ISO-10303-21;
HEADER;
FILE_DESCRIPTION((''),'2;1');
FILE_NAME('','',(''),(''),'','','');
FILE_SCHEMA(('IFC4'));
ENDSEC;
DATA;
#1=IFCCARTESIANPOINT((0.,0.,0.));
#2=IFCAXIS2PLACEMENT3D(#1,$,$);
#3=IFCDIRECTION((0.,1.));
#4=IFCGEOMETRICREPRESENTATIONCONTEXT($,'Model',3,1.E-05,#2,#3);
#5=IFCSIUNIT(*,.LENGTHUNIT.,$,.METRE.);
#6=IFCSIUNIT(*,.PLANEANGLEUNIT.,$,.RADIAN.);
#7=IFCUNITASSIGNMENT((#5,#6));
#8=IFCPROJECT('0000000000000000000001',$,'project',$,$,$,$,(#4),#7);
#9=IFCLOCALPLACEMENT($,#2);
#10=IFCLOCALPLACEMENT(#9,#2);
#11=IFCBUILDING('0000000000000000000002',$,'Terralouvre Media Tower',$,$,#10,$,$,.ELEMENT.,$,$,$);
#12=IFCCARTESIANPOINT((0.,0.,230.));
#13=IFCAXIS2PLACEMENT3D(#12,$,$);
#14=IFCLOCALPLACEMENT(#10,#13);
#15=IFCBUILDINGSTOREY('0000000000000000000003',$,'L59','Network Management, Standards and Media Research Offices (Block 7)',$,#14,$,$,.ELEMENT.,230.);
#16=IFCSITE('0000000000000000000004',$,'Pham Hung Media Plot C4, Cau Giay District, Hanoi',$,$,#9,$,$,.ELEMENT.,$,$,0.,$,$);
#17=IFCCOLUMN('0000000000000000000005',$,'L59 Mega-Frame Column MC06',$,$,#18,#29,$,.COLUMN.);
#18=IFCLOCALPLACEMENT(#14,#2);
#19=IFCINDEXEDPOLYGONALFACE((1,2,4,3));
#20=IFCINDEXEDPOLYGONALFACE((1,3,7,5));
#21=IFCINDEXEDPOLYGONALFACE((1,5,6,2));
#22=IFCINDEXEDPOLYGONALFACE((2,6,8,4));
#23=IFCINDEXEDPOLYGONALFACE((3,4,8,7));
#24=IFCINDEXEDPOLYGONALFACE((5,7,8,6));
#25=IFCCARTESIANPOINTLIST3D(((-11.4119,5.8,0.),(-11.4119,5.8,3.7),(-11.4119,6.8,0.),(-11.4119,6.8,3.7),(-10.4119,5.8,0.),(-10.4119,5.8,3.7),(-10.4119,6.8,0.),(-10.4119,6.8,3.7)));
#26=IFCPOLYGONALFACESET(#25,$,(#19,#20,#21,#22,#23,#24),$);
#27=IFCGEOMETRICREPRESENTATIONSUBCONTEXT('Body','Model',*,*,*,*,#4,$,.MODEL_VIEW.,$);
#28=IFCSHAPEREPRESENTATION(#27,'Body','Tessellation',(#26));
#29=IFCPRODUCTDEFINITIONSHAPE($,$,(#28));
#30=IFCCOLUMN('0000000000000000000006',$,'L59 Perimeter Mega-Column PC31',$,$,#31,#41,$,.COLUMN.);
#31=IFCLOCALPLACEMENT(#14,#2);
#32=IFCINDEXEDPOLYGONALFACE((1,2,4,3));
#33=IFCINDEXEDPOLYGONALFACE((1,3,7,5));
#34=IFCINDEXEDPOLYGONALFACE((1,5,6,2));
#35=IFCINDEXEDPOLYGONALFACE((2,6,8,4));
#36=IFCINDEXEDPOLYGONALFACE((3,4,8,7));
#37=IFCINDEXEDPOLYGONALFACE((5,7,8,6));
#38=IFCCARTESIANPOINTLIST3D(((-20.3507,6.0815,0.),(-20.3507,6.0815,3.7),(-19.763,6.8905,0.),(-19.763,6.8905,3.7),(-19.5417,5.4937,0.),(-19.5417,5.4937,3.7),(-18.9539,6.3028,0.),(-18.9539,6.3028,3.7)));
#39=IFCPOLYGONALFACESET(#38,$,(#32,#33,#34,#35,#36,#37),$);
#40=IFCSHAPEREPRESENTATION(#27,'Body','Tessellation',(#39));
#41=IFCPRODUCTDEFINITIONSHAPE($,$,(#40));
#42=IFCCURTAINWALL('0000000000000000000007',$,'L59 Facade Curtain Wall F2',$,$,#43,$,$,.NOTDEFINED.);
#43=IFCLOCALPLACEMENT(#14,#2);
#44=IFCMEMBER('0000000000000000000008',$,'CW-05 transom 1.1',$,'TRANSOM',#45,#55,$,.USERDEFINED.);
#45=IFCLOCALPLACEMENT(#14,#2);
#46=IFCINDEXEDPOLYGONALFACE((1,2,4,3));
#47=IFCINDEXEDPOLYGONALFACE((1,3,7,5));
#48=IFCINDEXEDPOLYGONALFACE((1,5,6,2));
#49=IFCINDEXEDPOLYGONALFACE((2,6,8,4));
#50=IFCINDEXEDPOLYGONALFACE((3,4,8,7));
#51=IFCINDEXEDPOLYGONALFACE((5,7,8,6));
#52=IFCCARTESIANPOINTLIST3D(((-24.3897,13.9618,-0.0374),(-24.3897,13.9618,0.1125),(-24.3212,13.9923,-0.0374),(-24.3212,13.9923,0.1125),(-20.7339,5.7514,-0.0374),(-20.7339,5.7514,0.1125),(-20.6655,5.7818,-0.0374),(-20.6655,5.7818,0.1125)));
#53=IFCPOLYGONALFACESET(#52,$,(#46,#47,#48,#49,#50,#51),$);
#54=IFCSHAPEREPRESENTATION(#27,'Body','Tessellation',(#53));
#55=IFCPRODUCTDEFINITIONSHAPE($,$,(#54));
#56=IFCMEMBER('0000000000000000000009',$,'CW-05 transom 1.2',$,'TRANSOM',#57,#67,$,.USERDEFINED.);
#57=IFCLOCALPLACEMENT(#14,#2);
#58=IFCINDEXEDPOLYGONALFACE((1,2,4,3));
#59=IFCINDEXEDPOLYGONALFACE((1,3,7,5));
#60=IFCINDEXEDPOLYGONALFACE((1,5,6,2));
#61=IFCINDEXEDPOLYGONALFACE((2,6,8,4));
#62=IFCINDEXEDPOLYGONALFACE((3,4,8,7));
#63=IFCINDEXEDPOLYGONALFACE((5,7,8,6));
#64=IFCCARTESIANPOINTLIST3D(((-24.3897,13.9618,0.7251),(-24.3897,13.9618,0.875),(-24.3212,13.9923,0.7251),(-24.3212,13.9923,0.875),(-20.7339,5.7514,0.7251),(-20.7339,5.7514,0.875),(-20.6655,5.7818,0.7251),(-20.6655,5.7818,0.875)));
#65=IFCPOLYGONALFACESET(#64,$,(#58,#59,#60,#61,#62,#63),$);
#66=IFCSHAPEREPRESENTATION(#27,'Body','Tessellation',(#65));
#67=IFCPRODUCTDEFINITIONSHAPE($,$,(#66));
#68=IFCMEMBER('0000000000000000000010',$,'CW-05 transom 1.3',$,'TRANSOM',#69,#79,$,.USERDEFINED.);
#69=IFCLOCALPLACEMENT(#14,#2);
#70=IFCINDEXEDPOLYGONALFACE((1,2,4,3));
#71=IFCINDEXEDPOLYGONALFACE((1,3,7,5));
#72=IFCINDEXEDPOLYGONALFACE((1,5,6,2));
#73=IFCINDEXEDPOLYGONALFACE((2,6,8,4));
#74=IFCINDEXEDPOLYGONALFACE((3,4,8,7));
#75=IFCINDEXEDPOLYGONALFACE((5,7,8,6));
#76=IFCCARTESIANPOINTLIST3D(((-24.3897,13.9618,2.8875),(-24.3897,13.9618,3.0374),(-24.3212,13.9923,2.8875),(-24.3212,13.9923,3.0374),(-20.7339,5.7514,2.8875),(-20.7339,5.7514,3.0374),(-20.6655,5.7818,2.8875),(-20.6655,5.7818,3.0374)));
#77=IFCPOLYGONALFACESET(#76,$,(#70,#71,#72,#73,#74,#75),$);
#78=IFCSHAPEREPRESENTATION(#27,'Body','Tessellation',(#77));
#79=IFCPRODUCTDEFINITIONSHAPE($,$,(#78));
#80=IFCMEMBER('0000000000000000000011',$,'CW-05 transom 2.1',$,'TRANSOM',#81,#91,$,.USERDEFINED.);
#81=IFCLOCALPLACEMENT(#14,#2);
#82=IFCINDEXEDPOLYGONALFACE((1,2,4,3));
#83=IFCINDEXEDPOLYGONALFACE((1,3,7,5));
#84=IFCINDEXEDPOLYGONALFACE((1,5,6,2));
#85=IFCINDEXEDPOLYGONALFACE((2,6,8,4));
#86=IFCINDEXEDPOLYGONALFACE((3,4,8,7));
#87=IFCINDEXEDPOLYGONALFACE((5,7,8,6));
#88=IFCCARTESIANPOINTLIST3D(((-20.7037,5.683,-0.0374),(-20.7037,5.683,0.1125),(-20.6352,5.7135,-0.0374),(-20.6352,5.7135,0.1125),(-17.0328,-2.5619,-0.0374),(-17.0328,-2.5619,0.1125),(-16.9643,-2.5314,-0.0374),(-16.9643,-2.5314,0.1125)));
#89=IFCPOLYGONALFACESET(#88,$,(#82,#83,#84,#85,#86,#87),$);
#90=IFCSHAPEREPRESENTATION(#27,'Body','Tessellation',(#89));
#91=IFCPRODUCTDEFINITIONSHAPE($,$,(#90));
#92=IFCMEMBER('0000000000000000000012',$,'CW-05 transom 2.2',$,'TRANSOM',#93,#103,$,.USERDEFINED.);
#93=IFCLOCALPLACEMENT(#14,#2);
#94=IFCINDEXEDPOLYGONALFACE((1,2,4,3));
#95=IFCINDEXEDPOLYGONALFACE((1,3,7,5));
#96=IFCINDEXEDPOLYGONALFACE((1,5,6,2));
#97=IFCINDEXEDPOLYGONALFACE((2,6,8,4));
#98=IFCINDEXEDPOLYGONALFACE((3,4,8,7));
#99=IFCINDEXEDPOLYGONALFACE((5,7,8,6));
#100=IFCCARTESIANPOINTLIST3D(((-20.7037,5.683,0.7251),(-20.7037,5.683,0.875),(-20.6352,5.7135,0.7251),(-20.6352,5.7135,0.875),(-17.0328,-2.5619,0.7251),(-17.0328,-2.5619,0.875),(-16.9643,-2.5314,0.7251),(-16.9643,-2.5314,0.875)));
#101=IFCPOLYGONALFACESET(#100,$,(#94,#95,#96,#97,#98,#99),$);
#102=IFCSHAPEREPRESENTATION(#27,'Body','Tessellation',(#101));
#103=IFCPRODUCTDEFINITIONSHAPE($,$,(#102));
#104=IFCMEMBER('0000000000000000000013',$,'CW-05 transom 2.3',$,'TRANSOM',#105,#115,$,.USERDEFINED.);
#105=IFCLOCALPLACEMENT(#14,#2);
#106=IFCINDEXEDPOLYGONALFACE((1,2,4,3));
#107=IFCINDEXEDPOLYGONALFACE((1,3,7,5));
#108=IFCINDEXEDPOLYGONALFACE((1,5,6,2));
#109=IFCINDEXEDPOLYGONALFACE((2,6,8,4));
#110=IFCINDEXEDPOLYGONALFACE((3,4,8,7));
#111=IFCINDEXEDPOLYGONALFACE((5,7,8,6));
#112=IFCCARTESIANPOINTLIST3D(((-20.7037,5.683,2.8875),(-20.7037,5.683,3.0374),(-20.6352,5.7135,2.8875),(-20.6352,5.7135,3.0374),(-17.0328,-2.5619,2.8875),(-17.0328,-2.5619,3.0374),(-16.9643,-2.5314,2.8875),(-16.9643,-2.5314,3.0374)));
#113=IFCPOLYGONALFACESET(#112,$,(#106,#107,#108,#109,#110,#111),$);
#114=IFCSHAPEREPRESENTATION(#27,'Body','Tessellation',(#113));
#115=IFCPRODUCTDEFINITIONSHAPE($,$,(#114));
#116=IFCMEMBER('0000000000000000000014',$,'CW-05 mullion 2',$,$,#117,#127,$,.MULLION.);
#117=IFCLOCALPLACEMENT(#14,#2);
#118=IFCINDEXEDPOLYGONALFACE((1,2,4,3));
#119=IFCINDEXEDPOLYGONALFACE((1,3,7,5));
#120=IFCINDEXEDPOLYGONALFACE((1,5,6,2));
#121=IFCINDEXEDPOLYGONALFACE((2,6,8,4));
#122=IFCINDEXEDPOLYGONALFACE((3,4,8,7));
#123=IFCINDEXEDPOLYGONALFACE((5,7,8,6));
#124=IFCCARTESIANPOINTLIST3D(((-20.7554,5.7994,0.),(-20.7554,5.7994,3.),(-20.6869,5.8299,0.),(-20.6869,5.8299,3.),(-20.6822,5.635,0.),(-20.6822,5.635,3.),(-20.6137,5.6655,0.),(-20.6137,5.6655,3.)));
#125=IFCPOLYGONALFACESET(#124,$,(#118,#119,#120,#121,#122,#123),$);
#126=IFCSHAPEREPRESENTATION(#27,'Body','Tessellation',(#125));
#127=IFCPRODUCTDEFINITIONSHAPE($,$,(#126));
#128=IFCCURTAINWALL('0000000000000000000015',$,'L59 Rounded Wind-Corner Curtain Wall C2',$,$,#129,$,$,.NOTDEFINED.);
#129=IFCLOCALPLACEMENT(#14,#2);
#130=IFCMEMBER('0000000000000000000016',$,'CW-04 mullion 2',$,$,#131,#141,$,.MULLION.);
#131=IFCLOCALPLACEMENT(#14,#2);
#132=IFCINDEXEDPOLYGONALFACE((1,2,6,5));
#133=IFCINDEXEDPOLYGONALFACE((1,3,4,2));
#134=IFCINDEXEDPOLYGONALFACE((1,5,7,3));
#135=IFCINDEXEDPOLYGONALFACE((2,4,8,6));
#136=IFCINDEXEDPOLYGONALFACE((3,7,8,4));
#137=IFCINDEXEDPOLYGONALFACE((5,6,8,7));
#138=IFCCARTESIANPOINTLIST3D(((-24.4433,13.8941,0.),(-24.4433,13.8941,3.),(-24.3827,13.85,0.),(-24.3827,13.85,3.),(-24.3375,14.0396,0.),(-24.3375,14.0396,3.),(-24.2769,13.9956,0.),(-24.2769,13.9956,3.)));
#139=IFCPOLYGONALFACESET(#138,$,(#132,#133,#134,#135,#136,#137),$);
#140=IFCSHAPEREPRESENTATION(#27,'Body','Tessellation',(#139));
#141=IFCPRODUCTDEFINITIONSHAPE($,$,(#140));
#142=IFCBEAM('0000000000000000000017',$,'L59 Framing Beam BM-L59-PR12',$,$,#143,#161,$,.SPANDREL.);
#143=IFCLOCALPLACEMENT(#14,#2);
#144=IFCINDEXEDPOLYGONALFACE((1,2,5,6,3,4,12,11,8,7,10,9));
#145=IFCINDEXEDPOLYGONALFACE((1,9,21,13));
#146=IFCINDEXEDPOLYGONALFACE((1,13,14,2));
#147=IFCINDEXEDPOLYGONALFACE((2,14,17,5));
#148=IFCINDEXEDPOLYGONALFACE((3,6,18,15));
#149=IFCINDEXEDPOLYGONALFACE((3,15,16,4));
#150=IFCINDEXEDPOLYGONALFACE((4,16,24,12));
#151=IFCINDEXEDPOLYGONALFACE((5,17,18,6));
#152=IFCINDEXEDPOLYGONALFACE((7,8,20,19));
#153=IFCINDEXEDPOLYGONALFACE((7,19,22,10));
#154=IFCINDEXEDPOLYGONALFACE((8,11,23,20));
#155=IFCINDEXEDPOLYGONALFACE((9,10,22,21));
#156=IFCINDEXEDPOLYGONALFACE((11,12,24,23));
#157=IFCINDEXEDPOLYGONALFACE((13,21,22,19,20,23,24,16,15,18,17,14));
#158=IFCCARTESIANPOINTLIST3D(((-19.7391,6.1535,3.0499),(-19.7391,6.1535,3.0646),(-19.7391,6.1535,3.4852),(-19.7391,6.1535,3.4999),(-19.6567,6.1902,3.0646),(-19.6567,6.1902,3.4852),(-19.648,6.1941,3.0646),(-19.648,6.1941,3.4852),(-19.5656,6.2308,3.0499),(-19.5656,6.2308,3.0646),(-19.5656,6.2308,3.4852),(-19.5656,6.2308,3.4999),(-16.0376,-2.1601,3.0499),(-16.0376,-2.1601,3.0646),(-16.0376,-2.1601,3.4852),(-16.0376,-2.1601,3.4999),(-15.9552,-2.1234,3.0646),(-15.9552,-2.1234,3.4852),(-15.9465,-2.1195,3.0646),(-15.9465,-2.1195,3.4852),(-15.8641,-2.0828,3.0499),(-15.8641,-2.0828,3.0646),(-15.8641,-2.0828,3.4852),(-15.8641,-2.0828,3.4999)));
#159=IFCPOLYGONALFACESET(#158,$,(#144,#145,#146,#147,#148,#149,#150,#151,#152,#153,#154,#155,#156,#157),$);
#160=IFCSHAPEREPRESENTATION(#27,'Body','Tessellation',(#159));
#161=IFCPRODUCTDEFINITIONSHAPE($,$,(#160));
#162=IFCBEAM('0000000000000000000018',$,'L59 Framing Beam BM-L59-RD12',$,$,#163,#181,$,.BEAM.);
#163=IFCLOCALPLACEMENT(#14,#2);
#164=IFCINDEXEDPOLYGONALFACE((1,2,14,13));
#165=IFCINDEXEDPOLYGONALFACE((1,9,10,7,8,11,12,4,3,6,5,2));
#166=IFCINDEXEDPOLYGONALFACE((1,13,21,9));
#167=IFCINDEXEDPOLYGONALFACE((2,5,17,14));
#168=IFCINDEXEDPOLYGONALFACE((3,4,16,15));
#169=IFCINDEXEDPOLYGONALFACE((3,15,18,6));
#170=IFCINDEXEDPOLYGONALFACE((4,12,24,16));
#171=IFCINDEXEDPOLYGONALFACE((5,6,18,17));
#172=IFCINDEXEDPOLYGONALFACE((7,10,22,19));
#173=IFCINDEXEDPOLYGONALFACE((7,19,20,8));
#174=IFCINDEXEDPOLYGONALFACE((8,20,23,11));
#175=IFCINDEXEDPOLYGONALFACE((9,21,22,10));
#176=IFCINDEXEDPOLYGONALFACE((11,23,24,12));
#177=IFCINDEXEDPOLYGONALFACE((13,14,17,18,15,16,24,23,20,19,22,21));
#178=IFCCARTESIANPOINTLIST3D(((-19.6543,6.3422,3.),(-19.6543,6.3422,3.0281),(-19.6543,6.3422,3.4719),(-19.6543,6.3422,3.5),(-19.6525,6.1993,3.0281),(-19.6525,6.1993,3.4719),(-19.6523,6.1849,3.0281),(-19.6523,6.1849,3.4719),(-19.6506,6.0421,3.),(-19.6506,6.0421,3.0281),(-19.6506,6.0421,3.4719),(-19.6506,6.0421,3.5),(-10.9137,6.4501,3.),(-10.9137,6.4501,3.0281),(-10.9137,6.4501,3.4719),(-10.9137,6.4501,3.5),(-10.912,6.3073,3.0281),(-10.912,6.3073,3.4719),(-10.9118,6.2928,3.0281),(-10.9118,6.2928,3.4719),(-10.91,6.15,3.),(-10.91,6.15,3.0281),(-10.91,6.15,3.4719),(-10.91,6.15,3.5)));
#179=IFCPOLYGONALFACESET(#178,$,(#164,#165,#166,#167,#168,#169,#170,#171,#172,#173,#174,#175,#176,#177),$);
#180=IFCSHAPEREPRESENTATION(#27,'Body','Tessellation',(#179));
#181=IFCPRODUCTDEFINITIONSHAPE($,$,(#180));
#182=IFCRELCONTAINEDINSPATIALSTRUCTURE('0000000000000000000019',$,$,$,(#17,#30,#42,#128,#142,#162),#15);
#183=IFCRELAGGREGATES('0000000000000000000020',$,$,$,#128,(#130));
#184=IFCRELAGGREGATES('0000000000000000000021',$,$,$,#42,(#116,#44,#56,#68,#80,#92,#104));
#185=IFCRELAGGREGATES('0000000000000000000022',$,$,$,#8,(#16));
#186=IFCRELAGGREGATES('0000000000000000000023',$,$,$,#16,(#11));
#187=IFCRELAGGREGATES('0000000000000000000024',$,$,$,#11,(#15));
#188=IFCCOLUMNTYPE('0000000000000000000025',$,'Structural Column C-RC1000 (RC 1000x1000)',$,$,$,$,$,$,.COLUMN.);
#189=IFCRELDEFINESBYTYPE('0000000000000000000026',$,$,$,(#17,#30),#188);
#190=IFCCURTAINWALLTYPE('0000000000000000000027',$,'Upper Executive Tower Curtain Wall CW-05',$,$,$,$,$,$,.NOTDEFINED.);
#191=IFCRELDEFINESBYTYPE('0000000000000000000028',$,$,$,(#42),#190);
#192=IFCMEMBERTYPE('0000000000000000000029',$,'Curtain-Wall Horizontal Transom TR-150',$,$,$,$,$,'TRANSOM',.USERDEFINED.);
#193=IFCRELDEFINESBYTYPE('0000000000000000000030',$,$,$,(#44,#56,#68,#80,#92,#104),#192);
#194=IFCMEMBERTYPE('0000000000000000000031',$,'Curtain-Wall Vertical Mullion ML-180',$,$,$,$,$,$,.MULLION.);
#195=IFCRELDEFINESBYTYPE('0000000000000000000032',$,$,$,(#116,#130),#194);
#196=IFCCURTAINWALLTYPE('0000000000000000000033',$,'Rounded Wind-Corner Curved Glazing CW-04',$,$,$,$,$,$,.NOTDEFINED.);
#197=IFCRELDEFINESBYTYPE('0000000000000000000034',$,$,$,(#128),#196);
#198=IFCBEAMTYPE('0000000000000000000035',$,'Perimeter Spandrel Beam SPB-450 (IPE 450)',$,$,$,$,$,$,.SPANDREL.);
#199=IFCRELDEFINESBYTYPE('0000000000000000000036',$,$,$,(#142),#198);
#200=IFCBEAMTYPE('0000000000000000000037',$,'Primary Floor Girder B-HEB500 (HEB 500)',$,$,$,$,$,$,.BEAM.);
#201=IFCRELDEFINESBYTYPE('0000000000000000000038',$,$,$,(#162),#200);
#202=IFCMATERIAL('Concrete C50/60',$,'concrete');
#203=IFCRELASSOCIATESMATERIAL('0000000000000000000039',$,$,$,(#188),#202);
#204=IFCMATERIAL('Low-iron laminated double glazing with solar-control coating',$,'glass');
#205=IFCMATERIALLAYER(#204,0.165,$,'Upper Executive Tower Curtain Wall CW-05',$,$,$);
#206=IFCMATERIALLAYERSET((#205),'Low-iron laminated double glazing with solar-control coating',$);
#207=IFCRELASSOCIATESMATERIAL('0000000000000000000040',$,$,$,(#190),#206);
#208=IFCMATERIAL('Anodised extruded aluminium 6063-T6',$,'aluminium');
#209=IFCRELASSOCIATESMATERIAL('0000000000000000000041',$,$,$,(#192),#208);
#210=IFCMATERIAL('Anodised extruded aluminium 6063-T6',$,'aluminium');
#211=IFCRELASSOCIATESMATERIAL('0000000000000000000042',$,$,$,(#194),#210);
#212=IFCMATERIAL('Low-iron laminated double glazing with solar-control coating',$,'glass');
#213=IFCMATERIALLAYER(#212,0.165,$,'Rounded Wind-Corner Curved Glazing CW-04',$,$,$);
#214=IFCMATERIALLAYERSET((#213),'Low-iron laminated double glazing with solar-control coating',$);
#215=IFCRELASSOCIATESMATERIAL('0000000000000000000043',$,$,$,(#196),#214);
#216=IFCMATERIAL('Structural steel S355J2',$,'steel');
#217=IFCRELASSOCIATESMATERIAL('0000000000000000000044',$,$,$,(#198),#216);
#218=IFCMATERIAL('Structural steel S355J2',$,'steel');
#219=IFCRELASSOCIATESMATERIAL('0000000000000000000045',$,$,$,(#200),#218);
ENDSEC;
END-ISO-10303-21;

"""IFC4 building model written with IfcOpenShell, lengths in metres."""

from ifc_helpers import new_model, si_unit, direction, frame, origin, origin_2d, place, context, subcontext, project, spatial, rectangle, i_section, extrude, material, layer, layer_set, material_profile, profile_set, type_object, element, aggregate, save


model = new_model("IFC4")

# Units and contexts
model_context = context("Model", 3, precision=1e-05, world=origin(), true_north=direction((0.0, 1.0)))
body_context = subcontext(model_context, "Body", "Model", "MODEL_VIEW")
ifc_project = project(units=[si_unit("LENGTHUNIT", "METRE"), si_unit("PLANEANGLEUNIT", "RADIAN")], contexts=[model_context])

# Site, building, storey
site_placement = place(None, origin())
site = spatial("IfcSite", under=ifc_project, at=site_placement, Name="Pham Hung Media Plot C4, Cau Giay District, Hanoi", CompositionType="ELEMENT", RefElevation=0.0)
building_placement = place(site_placement, origin())
building = spatial("IfcBuilding", under=site, at=building_placement, Name="Terralouvre Media Tower", CompositionType="ELEMENT")
storey_placement = place(building_placement, frame((0.0, 0.0, 230.0)))
storey = spatial("IfcBuildingStorey", under=building, at=storey_placement, Name="L59", Description="Network Management, Standards and Media Research Offices (Block 7)", CompositionType="ELEMENT", Elevation=230.0)

# Columns
ifc_material_1 = material(Name="Concrete C50/60", Category="concrete")
ifc_material_profile_1 = material_profile(ifc_material_1, rectangle(XDim=1.0, YDim=1.0, at=origin_2d()), Name="RC 1000x1000")
ifc_profile_set_1 = profile_set([ifc_material_profile_1], Name="Concrete C50/60")
column_type = type_object("IfcColumnType", Name="Structural Column C-RC1000 (RC 1000x1000)", PredefinedType="COLUMN", material=ifc_profile_set_1)
for number, where, z_axis, x_axis, name in (
    (1, (-10.9119, 6.3, 0.0), (0.0, 0.0, 1.0), (1.0, 0.0, 0.0), "L59 Mega-Frame Column MC06"),
    (2, (-19.6523, 6.1921, 0.0), (0.0, 0.0, 1.0), (0.587785, 0.809017, 0.0), "L59 Perimeter Mega-Column PC31"),
):
    element("IfcColumn", number, at=place(storey_placement, frame(where, z_axis=z_axis, x_axis=x_axis)), inside=storey, type_object=column_type, Name=name, PredefinedType="COLUMN", context=body_context, shape_type="SweptSolid", body=[
        extrude(rectangle(XDim=1.0, YDim=1.0, at=origin_2d()), origin(), (0.0, 0.0, 1.0), 3.7),
    ])

# Curtain wall, members
ifc_material_2 = material(Name="Low-iron laminated double glazing with solar-control coating", Category="glass")
ifc_layer_1 = layer(ifc_material_2, 0.165, Name="Upper Executive Tower Curtain Wall CW-05")
ifc_layer_set_1 = layer_set([ifc_layer_1], Name="Low-iron laminated double glazing with solar-control coating")
curtain_wall_type_1 = type_object("IfcCurtainWallType", Name="Upper Executive Tower Curtain Wall CW-05", PredefinedType="NOTDEFINED", material=ifc_layer_set_1)
curtain_wall_1_placement = place(storey_placement, origin())
curtain_wall_1 = element("IfcCurtainWall", 3, at=curtain_wall_1_placement, inside=storey, type_object=curtain_wall_type_1, Name="L59 Facade Curtain Wall F2", PredefinedType="NOTDEFINED")
ifc_material_3 = material(Name="Anodised extruded aluminium 6063-T6", Category="aluminium")
ifc_material_profile_2 = material_profile(ifc_material_3, rectangle(XDim=0.075, YDim=0.1499, at=origin_2d()), Name="ALU 75x150")
ifc_profile_set_2 = profile_set([ifc_material_profile_2], Name="Anodised extruded aluminium 6063-T6")
member_type_1 = type_object("IfcMemberType", Name="Curtain-Wall Horizontal Transom TR-150", ElementType="TRANSOM", PredefinedType="USERDEFINED", material=ifc_profile_set_2)
member_1_placement = place(storey_placement, frame((-24.3555, 13.9771, 0.0376), z_axis=(0.406758, -0.913536, 0.0), x_axis=(0.913536, 0.406758, 0.0)))
member_1 = element("IfcMember", 4, at=member_1_placement, type_object=member_type_1, Name="CW-05 transom 1.1", ObjectType="TRANSOM", PredefinedType="USERDEFINED", context=body_context, shape_type="SweptSolid", body=[
    extrude(rectangle(XDim=0.075, YDim=0.1499, at=origin_2d()), origin(), (0.0, 0.0, 1.0), 8.9875),
])
member_2_placement = place(storey_placement, frame((-24.3555, 13.9771, 0.8), z_axis=(0.406758, -0.913536, 0.0), x_axis=(0.913536, 0.406758, 0.0)))
member_2 = element("IfcMember", 5, at=member_2_placement, type_object=member_type_1, Name="CW-05 transom 1.2", ObjectType="TRANSOM", PredefinedType="USERDEFINED", context=body_context, shape_type="SweptSolid", body=[
    extrude(rectangle(XDim=0.075, YDim=0.1499, at=origin_2d()), origin(), (0.0, 0.0, 1.0), 8.9875),
])
member_3_placement = place(storey_placement, frame((-24.3555, 13.9771, 2.9624), z_axis=(0.406758, -0.913536, 0.0), x_axis=(0.913536, 0.406758, 0.0)))
member_3 = element("IfcMember", 6, at=member_3_placement, type_object=member_type_1, Name="CW-05 transom 1.3", ObjectType="TRANSOM", PredefinedType="USERDEFINED", context=body_context, shape_type="SweptSolid", body=[
    extrude(rectangle(XDim=0.075, YDim=0.1499, at=origin_2d()), origin(), (0.0, 0.0, 1.0), 8.9875),
])
member_4_placement = place(storey_placement, frame((-20.6694, 5.6982, 0.0376), z_axis=(0.406741, -0.913544, 0.0), x_axis=(0.913544, 0.406741, 0.0)))
member_4 = element("IfcMember", 7, at=member_4_placement, type_object=member_type_1, Name="CW-05 transom 2.1", ObjectType="TRANSOM", PredefinedType="USERDEFINED", context=body_context, shape_type="SweptSolid", body=[
    extrude(rectangle(XDim=0.075, YDim=0.1499, at=origin_2d()), origin(), (0.0, 0.0, 1.0), 9.0251),
])
member_5_placement = place(storey_placement, frame((-20.6694, 5.6982, 0.8), z_axis=(0.406741, -0.913544, 0.0), x_axis=(0.913544, 0.406741, 0.0)))
member_5 = element("IfcMember", 8, at=member_5_placement, type_object=member_type_1, Name="CW-05 transom 2.2", ObjectType="TRANSOM", PredefinedType="USERDEFINED", context=body_context, shape_type="SweptSolid", body=[
    extrude(rectangle(XDim=0.075, YDim=0.1499, at=origin_2d()), origin(), (0.0, 0.0, 1.0), 9.0251),
])
member_6_placement = place(storey_placement, frame((-20.6694, 5.6982, 2.9624), z_axis=(0.406741, -0.913544, 0.0), x_axis=(0.913544, 0.406741, 0.0)))
member_6 = element("IfcMember", 9, at=member_6_placement, type_object=member_type_1, Name="CW-05 transom 2.3", ObjectType="TRANSOM", PredefinedType="USERDEFINED", context=body_context, shape_type="SweptSolid", body=[
    extrude(rectangle(XDim=0.075, YDim=0.1499, at=origin_2d()), origin(), (0.0, 0.0, 1.0), 9.0251),
])
ifc_material_4 = material(Name="Anodised extruded aluminium 6063-T6", Category="aluminium")
ifc_material_profile_3 = material_profile(ifc_material_4, rectangle(XDim=0.075, YDim=0.1799, at=origin_2d()), Name="ALU 75x180")
ifc_profile_set_3 = profile_set([ifc_material_profile_3], Name="Anodised extruded aluminium 6063-T6")
member_type_2 = type_object("IfcMemberType", Name="Curtain-Wall Vertical Mullion ML-180", PredefinedType="MULLION", material=ifc_profile_set_3)
member_7_placement = place(storey_placement, frame((-20.6846, 5.7324, 0.0), z_axis=(0.0, 0.0, 1.0), x_axis=(0.913545, 0.406737, 0.0)))
member_7 = element("IfcMember", 10, at=member_7_placement, type_object=member_type_2, Name="CW-05 mullion 2", PredefinedType="MULLION", context=body_context, shape_type="SweptSolid", body=[
    extrude(rectangle(XDim=0.075, YDim=0.1799, at=origin_2d()), origin(), (0.0, 0.0, 1.0), 3.0),
])

# Curtain wall, member
ifc_material_5 = material(Name="Low-iron laminated double glazing with solar-control coating", Category="glass")
ifc_layer_2 = layer(ifc_material_5, 0.165, Name="Rounded Wind-Corner Curved Glazing CW-04")
ifc_layer_set_2 = layer_set([ifc_layer_2], Name="Low-iron laminated double glazing with solar-control coating")
curtain_wall_type_2 = type_object("IfcCurtainWallType", Name="Rounded Wind-Corner Curved Glazing CW-04", PredefinedType="NOTDEFINED", material=ifc_layer_set_2)
curtain_wall_2_placement = place(storey_placement, origin())
curtain_wall_2 = element("IfcCurtainWall", 11, at=curtain_wall_2_placement, inside=storey, type_object=curtain_wall_type_2, Name="L59 Rounded Wind-Corner Curtain Wall C2", PredefinedType="NOTDEFINED")
member_8_placement = place(storey_placement, frame((-24.3601, 13.9448, 0.0), z_axis=(0.0, 0.0, 1.0), x_axis=(0.809017, -0.587786, 0.0)))
member_8 = element("IfcMember", 12, at=member_8_placement, type_object=member_type_2, Name="CW-04 mullion 2", PredefinedType="MULLION", context=body_context, shape_type="SweptSolid", body=[
    extrude(rectangle(XDim=0.075, YDim=0.1799, at=origin_2d()), origin(), (0.0, 0.0, 1.0), 3.0),
])
aggregate(curtain_wall_2, [member_8])

# Beams
ifc_material_6 = material(Name="Structural steel S355J2", Category="steel")
ifc_material_profile_4 = material_profile(ifc_material_6, i_section(OverallWidth=0.1899, OverallDepth=0.45, WebThickness=0.0095, FlangeThickness=0.0146, at=origin_2d()), Name="IPE 450")
ifc_profile_set_4 = profile_set([ifc_material_profile_4], Name="Structural steel S355J2")
beam_type_1 = type_object("IfcBeamType", Name="Perimeter Spandrel Beam SPB-450 (IPE 450)", PredefinedType="SPANDREL", material=ifc_profile_set_4)
beam_1_placement = place(storey_placement, frame((-19.6523, 6.1921, 3.2749), z_axis=(0.406738, -0.913545, 0.0), x_axis=(0.913545, 0.406738, 0.0)))
element("IfcBeam", 13, at=beam_1_placement, inside=storey, type_object=beam_type_1, Name="L59 Framing Beam BM-L59-PR12", PredefinedType="SPANDREL", context=body_context, shape_type="SweptSolid", body=[
    extrude(i_section(OverallWidth=0.1899, OverallDepth=0.45, WebThickness=0.0095, FlangeThickness=0.0146, at=origin_2d()), origin(), (0.0, 0.0, 1.0), 9.1003),
])
ifc_material_7 = material(Name="Structural steel S355J2", Category="steel")
ifc_material_profile_5 = material_profile(ifc_material_7, i_section(OverallWidth=0.3, OverallDepth=0.5, WebThickness=0.0144, FlangeThickness=0.0281, at=origin_2d()), Name="HEB 500")
ifc_profile_set_5 = profile_set([ifc_material_profile_5], Name="Structural steel S355J2")
beam_type_2 = type_object("IfcBeamType", Name="Primary Floor Girder B-HEB500 (HEB 500)", PredefinedType="BEAM", material=ifc_profile_set_5)
beam_2_placement = place(storey_placement, frame((-10.9119, 6.3, 3.25), z_axis=(-0.999924, -0.012345, 0.0), x_axis=(0.012345, -0.999924, 0.0)))
element("IfcBeam", 14, at=beam_2_placement, inside=storey, type_object=beam_type_2, Name="L59 Framing Beam BM-L59-RD12", PredefinedType="BEAM", context=body_context, shape_type="SweptSolid", body=[
    extrude(i_section(OverallWidth=0.3, OverallDepth=0.5, WebThickness=0.0144, FlangeThickness=0.0281, at=origin_2d()), origin(), (0.0, 0.0, 1.0), 8.7412),
])

aggregate(curtain_wall_1, [member_7, member_1, member_2, member_3, member_4, member_5, member_6])

save(model, "model.ifc")
